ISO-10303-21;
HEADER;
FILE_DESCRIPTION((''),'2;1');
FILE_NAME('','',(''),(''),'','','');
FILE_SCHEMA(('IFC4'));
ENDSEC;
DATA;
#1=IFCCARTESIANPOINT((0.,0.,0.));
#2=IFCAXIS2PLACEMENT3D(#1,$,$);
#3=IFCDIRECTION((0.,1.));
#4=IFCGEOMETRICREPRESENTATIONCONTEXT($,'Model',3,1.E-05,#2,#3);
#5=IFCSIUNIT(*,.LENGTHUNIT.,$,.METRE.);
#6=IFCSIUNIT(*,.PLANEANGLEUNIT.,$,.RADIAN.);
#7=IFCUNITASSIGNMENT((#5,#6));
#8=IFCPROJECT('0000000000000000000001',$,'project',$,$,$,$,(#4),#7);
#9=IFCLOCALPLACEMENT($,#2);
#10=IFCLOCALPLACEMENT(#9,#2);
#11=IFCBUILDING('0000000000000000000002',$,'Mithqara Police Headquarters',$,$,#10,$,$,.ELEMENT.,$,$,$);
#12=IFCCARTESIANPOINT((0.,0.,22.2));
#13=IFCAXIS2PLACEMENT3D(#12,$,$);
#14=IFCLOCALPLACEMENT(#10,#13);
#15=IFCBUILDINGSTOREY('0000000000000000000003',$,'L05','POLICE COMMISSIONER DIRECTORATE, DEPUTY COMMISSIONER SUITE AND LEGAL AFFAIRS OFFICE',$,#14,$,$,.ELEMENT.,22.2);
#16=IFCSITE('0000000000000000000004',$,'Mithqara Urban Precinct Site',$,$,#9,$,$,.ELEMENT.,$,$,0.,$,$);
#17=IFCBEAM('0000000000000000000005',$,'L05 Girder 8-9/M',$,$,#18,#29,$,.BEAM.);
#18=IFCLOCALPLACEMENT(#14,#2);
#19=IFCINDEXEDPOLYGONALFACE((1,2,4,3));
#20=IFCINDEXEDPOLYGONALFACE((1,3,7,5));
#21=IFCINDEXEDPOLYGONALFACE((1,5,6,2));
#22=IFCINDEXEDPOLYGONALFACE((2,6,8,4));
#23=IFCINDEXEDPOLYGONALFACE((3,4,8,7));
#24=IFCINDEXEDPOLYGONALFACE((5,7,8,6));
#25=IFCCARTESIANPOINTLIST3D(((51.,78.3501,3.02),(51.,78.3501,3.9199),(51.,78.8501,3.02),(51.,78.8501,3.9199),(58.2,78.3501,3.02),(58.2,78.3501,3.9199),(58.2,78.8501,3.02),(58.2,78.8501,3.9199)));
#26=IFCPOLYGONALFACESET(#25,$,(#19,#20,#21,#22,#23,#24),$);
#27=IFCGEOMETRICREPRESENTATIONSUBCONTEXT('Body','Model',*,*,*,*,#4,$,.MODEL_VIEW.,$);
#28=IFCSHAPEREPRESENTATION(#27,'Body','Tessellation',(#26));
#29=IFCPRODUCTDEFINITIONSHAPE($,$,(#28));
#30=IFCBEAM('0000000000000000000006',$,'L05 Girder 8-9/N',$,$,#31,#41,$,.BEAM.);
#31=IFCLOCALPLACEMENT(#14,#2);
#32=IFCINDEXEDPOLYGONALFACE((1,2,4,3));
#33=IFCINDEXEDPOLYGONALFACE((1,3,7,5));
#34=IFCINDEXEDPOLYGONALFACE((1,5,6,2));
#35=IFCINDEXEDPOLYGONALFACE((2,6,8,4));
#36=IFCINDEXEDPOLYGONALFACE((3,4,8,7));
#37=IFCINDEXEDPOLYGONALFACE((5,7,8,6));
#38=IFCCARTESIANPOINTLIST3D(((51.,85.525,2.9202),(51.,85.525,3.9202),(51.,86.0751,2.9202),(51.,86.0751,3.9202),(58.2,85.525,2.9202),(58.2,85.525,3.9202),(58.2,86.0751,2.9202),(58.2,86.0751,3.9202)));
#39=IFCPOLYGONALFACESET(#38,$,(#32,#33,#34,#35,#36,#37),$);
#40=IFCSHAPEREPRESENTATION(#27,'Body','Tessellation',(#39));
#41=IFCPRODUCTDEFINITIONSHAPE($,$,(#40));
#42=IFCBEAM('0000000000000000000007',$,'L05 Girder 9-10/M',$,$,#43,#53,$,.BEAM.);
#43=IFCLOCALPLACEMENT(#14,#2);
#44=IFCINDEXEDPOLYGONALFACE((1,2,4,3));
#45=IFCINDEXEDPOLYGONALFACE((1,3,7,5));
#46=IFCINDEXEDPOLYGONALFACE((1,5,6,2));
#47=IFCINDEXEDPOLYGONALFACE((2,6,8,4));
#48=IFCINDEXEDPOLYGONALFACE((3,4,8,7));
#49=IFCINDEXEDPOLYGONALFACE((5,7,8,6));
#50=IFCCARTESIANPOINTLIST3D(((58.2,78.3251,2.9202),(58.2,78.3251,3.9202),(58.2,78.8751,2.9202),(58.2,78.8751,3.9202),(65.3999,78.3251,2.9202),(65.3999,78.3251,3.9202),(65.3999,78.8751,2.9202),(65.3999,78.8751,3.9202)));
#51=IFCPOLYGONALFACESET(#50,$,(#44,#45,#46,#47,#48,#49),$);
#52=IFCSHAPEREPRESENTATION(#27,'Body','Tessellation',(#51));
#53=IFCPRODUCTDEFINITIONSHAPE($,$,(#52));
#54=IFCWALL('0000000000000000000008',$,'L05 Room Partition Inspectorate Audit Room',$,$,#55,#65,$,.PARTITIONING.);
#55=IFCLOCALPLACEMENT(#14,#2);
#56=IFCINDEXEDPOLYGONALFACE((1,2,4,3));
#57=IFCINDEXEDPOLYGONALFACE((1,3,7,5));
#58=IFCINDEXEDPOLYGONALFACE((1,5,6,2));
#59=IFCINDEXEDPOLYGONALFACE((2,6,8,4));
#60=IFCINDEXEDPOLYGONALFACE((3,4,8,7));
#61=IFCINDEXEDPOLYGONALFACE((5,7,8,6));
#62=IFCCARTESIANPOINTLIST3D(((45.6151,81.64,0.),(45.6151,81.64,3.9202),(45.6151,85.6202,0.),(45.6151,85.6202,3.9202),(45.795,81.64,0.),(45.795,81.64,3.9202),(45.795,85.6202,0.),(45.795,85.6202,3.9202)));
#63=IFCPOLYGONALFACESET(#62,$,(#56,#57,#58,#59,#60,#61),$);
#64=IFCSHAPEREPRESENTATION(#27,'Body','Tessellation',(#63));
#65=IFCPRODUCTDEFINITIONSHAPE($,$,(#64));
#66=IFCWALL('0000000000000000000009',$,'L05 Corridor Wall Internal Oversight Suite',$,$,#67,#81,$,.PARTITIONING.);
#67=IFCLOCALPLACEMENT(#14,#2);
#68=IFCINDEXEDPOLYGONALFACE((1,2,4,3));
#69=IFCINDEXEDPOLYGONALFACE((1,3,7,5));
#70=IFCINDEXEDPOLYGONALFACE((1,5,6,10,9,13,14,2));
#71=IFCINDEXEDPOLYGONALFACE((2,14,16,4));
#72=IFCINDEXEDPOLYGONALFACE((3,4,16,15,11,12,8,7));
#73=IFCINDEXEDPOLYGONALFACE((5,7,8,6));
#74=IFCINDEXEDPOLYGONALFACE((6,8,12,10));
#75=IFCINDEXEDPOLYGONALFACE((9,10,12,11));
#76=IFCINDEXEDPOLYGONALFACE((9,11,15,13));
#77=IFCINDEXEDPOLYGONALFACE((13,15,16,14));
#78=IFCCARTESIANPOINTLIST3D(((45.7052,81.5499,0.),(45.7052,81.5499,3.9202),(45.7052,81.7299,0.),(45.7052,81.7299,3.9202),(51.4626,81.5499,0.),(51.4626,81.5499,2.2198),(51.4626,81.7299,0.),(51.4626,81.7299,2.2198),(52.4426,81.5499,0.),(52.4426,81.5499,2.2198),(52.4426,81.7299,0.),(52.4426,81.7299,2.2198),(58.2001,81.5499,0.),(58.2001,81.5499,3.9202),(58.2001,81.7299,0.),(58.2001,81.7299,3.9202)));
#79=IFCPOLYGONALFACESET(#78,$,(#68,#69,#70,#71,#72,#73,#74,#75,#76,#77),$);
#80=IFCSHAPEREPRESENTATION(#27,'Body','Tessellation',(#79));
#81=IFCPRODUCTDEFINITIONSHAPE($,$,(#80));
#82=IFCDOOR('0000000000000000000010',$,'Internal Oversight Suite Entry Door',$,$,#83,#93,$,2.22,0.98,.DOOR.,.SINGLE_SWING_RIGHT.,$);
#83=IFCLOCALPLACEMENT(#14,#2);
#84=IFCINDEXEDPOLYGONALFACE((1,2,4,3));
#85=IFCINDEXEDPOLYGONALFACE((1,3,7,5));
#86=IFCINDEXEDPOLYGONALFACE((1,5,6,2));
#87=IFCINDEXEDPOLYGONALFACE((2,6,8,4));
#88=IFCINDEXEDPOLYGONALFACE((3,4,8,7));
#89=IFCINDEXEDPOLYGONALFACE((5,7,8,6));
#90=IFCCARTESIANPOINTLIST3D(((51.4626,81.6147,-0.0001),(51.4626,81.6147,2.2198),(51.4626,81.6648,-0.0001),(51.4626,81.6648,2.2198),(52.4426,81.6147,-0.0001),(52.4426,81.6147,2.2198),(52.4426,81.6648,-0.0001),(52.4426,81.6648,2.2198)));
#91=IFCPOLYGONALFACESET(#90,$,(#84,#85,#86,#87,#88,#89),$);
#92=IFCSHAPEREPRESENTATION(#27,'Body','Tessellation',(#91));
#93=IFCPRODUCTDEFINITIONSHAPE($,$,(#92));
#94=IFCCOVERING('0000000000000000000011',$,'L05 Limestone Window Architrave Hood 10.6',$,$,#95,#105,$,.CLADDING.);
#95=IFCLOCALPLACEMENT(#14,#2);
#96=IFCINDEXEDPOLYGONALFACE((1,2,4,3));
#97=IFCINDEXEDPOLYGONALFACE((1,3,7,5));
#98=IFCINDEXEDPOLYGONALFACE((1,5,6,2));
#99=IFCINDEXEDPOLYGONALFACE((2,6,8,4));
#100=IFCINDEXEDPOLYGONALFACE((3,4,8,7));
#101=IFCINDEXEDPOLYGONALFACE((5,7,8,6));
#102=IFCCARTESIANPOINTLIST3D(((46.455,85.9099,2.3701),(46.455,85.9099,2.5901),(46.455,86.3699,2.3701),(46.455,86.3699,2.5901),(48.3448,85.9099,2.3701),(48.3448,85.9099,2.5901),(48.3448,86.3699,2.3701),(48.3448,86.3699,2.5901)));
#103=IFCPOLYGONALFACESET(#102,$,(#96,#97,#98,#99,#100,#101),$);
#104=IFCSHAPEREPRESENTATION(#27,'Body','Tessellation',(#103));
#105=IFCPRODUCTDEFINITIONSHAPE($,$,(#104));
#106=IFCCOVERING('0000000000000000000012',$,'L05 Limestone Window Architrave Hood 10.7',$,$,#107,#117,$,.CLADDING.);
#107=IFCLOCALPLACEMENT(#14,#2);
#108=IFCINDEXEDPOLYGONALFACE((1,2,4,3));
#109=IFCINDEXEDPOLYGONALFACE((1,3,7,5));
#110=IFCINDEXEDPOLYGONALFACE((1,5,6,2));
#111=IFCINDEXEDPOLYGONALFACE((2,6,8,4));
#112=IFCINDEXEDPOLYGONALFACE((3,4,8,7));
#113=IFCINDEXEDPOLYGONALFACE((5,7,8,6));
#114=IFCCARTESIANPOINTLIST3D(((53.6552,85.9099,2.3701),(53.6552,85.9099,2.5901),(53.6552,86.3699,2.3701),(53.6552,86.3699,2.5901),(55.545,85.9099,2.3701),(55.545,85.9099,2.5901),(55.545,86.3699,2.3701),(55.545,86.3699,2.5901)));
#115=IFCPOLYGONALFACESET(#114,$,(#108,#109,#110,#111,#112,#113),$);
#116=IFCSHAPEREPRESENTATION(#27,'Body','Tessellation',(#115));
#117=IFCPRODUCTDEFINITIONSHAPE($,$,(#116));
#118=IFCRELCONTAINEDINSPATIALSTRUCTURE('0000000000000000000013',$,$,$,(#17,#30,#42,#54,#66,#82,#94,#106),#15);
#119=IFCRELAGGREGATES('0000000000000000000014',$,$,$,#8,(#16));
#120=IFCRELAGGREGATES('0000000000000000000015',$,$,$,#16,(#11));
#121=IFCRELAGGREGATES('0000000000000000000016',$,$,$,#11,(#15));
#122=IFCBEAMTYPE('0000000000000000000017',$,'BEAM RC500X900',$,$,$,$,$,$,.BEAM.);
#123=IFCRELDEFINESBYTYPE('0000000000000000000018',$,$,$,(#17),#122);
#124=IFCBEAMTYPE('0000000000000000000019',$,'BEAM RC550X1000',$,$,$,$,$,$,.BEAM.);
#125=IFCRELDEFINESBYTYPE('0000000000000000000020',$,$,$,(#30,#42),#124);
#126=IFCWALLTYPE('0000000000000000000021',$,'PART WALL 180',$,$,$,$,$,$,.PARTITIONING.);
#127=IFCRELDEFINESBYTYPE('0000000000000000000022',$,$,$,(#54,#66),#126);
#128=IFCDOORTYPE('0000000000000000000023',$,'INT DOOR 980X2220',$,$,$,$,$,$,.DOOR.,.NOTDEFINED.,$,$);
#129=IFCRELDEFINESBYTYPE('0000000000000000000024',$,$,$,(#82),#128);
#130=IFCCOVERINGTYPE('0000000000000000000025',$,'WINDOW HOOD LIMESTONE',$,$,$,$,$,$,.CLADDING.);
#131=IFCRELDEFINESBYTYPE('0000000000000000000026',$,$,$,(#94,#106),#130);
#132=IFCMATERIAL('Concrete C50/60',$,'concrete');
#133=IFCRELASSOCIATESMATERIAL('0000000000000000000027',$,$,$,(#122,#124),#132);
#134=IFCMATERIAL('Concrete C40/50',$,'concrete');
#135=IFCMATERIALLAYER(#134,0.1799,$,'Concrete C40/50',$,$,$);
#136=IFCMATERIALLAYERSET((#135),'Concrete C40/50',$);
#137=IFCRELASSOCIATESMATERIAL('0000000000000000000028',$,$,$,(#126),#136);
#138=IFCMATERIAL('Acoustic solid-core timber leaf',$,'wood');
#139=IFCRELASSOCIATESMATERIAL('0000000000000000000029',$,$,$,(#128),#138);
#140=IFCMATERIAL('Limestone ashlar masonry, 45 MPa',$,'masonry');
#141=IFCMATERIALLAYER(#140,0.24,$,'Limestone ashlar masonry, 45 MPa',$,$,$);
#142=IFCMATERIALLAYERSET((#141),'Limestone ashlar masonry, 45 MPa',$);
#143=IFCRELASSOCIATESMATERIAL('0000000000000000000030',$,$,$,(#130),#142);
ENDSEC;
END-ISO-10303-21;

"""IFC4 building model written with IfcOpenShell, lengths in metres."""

from ifc_helpers import new_model, si_unit, direction, frame, frame_2d, origin, origin_2d, place, context, subcontext, project, spatial, rectangle, extrude, material, layer, layer_set, material_profile, profile_set, type_object, element, fill, save


model = new_model("IFC4")

# Units and contexts
model_context = context("Model", 3, precision=1e-05, world=origin(), true_north=direction((0.0, 1.0)))
body_context = subcontext(model_context, "Body", "Model", "MODEL_VIEW")
ifc_project = project(units=[si_unit("LENGTHUNIT", "METRE"), si_unit("PLANEANGLEUNIT", "RADIAN")], contexts=[model_context])

# Site, building, storey
site_placement = place(None, origin())
site = spatial("IfcSite", under=ifc_project, at=site_placement, Name="Mithqara Urban Precinct Site", CompositionType="ELEMENT", RefElevation=0.0)
building_placement = place(site_placement, origin())
building = spatial("IfcBuilding", under=site, at=building_placement, Name="Mithqara Police Headquarters", CompositionType="ELEMENT")
storey_placement = place(building_placement, frame((0.0, 0.0, 22.2)))
storey = spatial("IfcBuildingStorey", under=building, at=storey_placement, Name="L05", Description="POLICE COMMISSIONER DIRECTORATE, DEPUTY COMMISSIONER SUITE AND LEGAL AFFAIRS OFFICE", CompositionType="ELEMENT", Elevation=22.2)

# Shared definitions
ifc_material_1 = material(Name="Concrete C50/60", Category="concrete")

# Beams
ifc_material_2 = material(Name="Concrete C40/50", Category="concrete")
ifc_material_profile_1 = material_profile(ifc_material_1, rectangle(XDim=0.5, YDim=0.8999, at=origin_2d()), Name="RC 500x900")
ifc_profile_set_1 = profile_set([ifc_material_profile_1], Name="Concrete C50/60")
beam_type_1 = type_object("IfcBeamType", Name="BEAM RC500X900", PredefinedType="BEAM", material=ifc_profile_set_1)
for number, where, z_axis, x_axis, name in (
    (1, (51.0, 78.6001, 3.47), (1.0, 0.0, 0.0), (0.0, 1.0, 0.0), "L05 Girder 8-9/M"),
):
    element("IfcBeam", number, at=place(storey_placement, frame(where, z_axis=z_axis, x_axis=x_axis)), inside=storey, type_object=beam_type_1, Name=name, PredefinedType="BEAM", context=body_context, shape_type="SweptSolid", body=[
        extrude(rectangle(XDim=0.5, YDim=0.8999, at=origin_2d()), origin(), (0.0, 0.0, 1.0), 7.2),
    ])
ifc_material_profile_2 = material_profile(ifc_material_1, rectangle(XDim=0.55, YDim=1.0, at=origin_2d()), Name="RC 550x1000")
ifc_profile_set_2 = profile_set([ifc_material_profile_2], Name="Concrete C50/60")
beam_type_2 = type_object("IfcBeamType", Name="BEAM RC550X1000", PredefinedType="BEAM", material=ifc_profile_set_2)
for number, where, z_axis, x_axis, name in (
    (2, (51.0, 85.8, 3.4202), (1.0, 0.0, 0.0), (0.0, 1.0, 0.0), "L05 Girder 8-9/N"),
    (3, (58.2, 78.6001, 3.4202), (1.0, 0.0, 0.0), (0.0, 1.0, 0.0), "L05 Girder 9-10/M"),
):
    element("IfcBeam", number, at=place(storey_placement, frame(where, z_axis=z_axis, x_axis=x_axis)), inside=storey, type_object=beam_type_2, Name=name, PredefinedType="BEAM", context=body_context, shape_type="SweptSolid", body=[
        extrude(rectangle(XDim=0.55, YDim=1.0, at=origin_2d()), origin(), (0.0, 0.0, 1.0), 7.2),
    ])

# Wall
ifc_layer_1 = layer(ifc_material_2, 0.1799, Name="Concrete C40/50")
ifc_layer_set_1 = layer_set([ifc_layer_1], Name="Concrete C40/50")
wall_type = type_object("IfcWallType", Name="PART WALL 180", PredefinedType="PARTITIONING", material=ifc_layer_set_1)
wall_1_placement = place(storey_placement, frame((45.7051, 81.6399, 0.0), z_axis=(0.0, 0.0, 1.0), x_axis=(0.0, 1.0, 0.0)))
element("IfcWall", 4, at=wall_1_placement, inside=storey, type_object=wall_type, Name="L05 Room Partition Inspectorate Audit Room", PredefinedType="PARTITIONING", context=body_context, shape_type="SweptSolid", body=[
    extrude(rectangle(XDim=3.9802, YDim=0.1799, at=frame_2d((1.9902, 0.0))), origin(), (0.0, 0.0, 1.0), 3.9202),
])

# Wall, opening, door
wall_2_placement = place(storey_placement, frame((45.7051, 81.6399, 0.0), z_axis=(0.0, 0.0, 1.0), x_axis=(1.0, 0.0, 0.0)))
wall_2 = element("IfcWall", 5, at=wall_2_placement, inside=storey, type_object=wall_type, Name="L05 Corridor Wall Internal Oversight Suite", PredefinedType="PARTITIONING", context=body_context, shape_type="SweptSolid", body=[
    extrude(rectangle(XDim=12.4949, YDim=0.1799, at=frame_2d((6.2476, 0.0))), origin(), (0.0, 0.0, 1.0), 3.9202),
])
opening_placement = place(wall_2_placement, frame((5.7576, 0.0, 0.0)))
opening = element("IfcOpeningElement", 6, at=opening_placement, cuts=wall_2, PredefinedType="OPENING", context=body_context, shape_type="SweptSolid", body=[
    extrude(rectangle(XDim=0.98, YDim=2.22, at=frame_2d((0.49, 1.1099))), frame((0.0, 0.1001, 0.0), z_axis=(0.0, -1.0, 0.0), x_axis=(1.0, 0.0, 0.0)), (0.0, 0.0, 1.0), 0.2),
])
ifc_material_3 = material(Name="Acoustic solid-core timber leaf", Category="wood")
door_type = type_object("IfcDoorType", Name="INT DOOR 980X2220", OperationType="NOTDEFINED", PredefinedType="DOOR", material=ifc_material_3)
door_placement = place(opening_placement, origin())
door = element("IfcDoor", 7, at=door_placement, inside=storey, type_object=door_type, Name="Internal Oversight Suite Entry Door", OperationType="SINGLE_SWING_RIGHT", OverallHeight=2.22, OverallWidth=0.98, PredefinedType="DOOR", context=body_context, shape_type="SweptSolid", body=[
    extrude(rectangle(XDim=0.98, YDim=2.22, at=frame_2d((0.49, 1.1099))), frame((0.0, 0.0249, 0.0), z_axis=(0.0, -1.0, 0.0), x_axis=(1.0, 0.0, 0.0)), (0.0, 0.0, 1.0), 0.05),
])
fill(opening, door)

# Coverings
ifc_material_4 = material(Name="Limestone ashlar masonry, 45 MPa", Category="masonry")
ifc_layer_2 = layer(ifc_material_4, 0.24, Name="Limestone ashlar masonry, 45 MPa")
ifc_layer_set_2 = layer_set([ifc_layer_2], Name="Limestone ashlar masonry, 45 MPa")
covering_type = type_object("IfcCoveringType", Name="WINDOW HOOD LIMESTONE", PredefinedType="CLADDING", material=ifc_layer_set_2)
for number, where, z_axis, x_axis, name in (
    (8, (47.3999, 86.1399, 2.3701), (0.0, 0.0, 1.0), (1.0, 0.0, 0.0), "L05 Limestone Window Architrave Hood 10.6"),
    (9, (54.6001, 86.1399, 2.3701), (0.0, 0.0, 1.0), (1.0, 0.0, 0.0), "L05 Limestone Window Architrave Hood 10.7"),
):
    element("IfcCovering", number, at=place(storey_placement, frame(where, z_axis=z_axis, x_axis=x_axis)), inside=storey, type_object=covering_type, Name=name, PredefinedType="CLADDING", context=body_context, shape_type="SweptSolid", body=[
        extrude(rectangle(XDim=1.8899, YDim=0.46, at=origin_2d()), origin(), (0.0, 0.0, 1.0), 0.22),
    ])

save(model, "model.ifc")
